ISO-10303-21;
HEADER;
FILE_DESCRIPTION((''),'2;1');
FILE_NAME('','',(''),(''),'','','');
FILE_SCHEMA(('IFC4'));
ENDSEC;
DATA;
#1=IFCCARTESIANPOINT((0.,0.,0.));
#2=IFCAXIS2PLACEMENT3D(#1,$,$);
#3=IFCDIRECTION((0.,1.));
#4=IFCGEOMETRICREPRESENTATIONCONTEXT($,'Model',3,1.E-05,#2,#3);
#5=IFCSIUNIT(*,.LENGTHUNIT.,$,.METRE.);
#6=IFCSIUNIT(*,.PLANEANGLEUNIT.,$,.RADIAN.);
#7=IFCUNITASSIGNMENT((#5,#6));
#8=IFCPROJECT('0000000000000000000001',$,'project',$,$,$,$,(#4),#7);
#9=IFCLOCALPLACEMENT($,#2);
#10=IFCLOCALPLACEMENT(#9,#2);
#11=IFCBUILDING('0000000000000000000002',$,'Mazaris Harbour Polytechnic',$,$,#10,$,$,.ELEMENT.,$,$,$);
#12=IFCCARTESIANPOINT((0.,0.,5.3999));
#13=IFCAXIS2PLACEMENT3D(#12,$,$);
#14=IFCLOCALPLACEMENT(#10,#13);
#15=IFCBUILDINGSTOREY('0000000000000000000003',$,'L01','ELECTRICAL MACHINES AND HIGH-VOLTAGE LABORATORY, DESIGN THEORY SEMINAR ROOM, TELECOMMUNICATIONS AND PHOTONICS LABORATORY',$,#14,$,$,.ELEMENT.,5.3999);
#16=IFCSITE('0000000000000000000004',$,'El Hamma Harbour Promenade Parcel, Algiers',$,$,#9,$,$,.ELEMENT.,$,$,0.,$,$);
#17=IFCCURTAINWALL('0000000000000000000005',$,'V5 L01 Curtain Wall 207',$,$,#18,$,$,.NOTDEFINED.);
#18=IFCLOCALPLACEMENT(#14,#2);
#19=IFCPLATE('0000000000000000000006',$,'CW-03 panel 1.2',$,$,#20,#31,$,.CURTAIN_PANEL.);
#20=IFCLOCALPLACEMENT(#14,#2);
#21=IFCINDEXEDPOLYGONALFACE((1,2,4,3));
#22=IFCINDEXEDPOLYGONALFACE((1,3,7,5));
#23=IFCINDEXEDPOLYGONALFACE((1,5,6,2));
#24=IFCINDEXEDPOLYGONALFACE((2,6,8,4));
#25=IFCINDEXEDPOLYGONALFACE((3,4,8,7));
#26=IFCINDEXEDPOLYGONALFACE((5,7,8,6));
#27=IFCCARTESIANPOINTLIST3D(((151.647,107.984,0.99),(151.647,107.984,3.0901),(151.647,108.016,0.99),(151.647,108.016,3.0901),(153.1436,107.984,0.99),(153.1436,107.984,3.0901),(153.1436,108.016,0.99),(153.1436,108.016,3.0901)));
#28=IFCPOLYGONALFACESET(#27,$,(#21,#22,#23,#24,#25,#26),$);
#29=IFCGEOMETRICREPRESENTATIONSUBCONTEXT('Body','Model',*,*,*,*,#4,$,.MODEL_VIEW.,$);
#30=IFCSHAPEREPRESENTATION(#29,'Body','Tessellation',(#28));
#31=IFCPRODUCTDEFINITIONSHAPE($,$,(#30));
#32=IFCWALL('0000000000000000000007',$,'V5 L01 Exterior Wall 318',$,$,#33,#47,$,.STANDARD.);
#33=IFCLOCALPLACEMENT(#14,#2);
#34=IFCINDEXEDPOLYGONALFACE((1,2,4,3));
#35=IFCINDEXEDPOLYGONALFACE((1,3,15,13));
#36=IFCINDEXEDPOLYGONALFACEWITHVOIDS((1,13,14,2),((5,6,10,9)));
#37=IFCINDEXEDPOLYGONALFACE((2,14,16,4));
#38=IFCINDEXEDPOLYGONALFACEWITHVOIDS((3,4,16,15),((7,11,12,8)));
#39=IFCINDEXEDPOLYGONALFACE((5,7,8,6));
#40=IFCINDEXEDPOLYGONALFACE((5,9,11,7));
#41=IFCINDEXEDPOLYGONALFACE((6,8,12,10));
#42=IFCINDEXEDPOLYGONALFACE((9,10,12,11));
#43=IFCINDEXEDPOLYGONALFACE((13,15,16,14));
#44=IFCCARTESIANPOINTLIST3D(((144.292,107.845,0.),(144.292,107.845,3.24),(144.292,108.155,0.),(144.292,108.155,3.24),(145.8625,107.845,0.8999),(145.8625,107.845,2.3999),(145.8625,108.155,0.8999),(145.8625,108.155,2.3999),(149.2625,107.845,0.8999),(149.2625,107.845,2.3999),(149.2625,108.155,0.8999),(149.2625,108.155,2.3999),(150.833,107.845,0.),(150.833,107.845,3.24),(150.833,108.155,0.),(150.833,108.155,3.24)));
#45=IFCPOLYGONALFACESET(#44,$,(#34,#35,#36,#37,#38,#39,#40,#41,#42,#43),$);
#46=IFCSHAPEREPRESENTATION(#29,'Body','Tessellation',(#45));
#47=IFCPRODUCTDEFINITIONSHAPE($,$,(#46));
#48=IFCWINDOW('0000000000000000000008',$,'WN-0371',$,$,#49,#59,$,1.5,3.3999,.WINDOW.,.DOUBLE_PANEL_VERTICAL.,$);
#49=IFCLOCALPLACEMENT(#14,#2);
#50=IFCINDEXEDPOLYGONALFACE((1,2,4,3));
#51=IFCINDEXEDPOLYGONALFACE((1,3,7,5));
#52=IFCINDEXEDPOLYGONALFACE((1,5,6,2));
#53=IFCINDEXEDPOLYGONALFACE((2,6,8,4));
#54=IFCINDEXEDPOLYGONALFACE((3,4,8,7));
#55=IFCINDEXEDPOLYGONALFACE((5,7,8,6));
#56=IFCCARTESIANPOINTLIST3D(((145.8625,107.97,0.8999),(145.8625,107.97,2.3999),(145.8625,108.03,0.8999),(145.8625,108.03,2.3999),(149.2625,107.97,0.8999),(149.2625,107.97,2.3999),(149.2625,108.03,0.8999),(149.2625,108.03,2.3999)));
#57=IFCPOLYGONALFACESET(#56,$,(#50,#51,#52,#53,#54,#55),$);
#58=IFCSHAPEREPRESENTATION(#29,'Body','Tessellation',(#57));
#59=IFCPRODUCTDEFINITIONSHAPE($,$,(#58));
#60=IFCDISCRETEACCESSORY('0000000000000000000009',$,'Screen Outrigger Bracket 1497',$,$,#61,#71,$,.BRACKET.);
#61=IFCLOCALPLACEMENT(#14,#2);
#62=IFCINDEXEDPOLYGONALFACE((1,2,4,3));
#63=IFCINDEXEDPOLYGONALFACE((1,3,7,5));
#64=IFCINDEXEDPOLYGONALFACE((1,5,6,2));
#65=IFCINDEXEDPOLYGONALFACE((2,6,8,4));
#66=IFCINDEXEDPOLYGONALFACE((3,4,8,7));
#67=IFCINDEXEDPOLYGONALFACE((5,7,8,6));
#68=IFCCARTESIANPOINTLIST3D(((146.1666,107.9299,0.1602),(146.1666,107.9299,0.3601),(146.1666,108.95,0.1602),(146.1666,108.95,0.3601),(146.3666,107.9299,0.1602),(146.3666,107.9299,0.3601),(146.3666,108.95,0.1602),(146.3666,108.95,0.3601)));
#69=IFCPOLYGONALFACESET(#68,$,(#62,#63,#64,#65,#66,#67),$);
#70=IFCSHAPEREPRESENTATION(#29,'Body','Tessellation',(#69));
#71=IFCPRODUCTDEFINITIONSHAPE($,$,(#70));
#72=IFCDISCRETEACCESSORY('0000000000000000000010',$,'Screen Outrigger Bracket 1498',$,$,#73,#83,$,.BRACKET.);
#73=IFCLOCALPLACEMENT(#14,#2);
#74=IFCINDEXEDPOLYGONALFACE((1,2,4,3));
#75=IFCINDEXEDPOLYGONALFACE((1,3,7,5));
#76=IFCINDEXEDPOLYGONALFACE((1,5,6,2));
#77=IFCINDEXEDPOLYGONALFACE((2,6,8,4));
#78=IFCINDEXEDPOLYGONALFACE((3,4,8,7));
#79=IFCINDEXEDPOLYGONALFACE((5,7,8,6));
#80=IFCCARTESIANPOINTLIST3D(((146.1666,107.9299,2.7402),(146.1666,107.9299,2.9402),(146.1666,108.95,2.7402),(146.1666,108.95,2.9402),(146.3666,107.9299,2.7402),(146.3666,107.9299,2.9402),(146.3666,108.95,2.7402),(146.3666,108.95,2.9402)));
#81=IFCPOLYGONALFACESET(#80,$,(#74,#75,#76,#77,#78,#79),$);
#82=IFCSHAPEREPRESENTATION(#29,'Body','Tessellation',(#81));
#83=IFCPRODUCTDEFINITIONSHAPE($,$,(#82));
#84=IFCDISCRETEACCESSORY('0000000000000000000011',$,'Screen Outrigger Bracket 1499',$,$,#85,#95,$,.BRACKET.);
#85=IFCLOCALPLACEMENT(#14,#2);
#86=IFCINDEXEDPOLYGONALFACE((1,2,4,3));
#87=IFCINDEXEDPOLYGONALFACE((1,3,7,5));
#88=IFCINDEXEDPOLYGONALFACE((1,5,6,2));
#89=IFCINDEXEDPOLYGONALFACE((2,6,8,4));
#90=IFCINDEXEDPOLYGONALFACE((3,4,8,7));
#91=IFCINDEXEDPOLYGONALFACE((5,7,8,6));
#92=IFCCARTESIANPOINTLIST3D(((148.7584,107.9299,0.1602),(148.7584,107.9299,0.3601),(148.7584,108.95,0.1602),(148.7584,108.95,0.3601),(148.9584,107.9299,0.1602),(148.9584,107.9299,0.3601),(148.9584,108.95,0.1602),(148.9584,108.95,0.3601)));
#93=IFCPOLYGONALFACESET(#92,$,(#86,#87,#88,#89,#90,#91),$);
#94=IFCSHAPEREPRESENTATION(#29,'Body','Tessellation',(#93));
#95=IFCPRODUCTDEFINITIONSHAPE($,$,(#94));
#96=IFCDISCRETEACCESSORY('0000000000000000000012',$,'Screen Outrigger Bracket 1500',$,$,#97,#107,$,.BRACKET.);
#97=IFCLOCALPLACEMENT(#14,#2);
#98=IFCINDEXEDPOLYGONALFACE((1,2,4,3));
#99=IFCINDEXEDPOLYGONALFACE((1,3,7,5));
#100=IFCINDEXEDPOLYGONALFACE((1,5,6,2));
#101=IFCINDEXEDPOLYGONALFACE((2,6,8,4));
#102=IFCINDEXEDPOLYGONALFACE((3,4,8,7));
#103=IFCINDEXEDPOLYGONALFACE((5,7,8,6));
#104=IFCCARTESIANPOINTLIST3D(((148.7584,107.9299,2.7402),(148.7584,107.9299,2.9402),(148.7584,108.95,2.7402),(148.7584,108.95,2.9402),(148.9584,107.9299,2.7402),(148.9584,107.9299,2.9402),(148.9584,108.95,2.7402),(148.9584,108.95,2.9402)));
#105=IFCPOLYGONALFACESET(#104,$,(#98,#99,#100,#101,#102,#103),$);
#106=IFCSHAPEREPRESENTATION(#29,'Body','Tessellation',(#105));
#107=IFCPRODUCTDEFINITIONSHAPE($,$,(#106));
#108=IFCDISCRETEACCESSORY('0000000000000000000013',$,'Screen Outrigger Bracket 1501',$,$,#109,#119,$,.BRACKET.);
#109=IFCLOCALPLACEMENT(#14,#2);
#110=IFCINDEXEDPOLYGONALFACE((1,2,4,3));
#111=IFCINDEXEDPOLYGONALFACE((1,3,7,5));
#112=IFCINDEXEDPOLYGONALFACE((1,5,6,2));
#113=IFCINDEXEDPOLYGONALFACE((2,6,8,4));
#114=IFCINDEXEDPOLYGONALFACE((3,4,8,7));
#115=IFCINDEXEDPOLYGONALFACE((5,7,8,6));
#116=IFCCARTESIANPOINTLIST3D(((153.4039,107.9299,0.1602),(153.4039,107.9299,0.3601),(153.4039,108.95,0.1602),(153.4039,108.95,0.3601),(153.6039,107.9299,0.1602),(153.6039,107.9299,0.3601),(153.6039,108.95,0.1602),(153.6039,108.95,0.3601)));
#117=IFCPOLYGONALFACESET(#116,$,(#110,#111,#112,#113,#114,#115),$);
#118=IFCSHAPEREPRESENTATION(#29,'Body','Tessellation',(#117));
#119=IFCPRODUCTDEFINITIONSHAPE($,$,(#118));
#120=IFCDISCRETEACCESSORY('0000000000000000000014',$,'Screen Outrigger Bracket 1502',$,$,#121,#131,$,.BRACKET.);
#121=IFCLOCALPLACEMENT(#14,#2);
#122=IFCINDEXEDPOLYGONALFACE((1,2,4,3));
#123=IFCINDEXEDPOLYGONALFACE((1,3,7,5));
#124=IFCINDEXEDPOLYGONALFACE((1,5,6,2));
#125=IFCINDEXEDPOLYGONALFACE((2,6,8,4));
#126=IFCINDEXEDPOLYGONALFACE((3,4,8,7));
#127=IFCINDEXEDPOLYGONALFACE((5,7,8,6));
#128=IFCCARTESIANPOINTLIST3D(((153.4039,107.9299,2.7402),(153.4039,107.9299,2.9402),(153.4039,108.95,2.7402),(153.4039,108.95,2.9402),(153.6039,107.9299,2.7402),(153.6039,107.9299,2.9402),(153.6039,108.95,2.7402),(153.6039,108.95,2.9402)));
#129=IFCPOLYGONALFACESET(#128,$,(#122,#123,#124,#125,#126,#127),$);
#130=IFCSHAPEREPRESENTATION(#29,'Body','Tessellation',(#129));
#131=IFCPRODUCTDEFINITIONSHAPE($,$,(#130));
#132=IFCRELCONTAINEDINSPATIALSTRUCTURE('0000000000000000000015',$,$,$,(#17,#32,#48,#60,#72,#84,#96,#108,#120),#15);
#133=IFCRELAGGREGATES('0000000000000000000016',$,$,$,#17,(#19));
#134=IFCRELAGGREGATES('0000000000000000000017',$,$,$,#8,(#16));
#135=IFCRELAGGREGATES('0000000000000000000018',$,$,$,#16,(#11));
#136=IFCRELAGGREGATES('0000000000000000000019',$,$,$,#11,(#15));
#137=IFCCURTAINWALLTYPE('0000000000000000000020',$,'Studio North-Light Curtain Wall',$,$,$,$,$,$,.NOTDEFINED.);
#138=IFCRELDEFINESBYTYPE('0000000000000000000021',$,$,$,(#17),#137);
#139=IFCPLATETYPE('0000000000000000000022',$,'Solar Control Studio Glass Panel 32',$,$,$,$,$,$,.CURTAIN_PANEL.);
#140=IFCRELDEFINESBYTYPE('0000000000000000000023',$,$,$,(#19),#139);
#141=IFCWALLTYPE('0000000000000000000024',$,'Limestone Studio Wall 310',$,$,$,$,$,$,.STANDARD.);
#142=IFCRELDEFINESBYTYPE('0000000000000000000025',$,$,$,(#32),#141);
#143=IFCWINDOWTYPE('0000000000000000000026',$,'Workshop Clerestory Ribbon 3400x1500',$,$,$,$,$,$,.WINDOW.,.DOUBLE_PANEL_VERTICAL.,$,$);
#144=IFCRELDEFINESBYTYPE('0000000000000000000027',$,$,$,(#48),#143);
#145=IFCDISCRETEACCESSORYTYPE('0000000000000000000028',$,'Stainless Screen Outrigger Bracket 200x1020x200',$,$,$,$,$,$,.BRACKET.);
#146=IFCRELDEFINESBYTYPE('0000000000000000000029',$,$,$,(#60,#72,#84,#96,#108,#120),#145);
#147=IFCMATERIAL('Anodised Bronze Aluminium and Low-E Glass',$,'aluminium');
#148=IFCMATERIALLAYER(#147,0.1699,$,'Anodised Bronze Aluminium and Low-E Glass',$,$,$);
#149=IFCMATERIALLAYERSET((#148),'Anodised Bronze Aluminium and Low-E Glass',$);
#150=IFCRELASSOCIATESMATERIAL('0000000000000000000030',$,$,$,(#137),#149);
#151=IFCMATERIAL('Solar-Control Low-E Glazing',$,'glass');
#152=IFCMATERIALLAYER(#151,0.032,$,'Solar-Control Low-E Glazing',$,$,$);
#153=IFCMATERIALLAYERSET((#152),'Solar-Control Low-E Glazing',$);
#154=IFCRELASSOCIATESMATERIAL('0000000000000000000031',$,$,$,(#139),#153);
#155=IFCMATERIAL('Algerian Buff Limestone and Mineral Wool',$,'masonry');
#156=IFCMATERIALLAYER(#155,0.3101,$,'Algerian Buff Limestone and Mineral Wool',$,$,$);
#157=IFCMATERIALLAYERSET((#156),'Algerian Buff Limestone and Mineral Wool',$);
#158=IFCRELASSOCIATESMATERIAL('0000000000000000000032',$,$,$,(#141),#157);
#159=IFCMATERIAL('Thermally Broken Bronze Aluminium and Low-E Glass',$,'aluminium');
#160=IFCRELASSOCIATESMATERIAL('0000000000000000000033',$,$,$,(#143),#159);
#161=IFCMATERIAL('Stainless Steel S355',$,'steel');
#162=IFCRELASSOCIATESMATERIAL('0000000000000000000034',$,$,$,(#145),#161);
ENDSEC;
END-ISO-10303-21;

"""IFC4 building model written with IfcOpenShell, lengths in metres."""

from ifc_helpers import new_model, si_unit, direction, frame, frame_2d, origin, origin_2d, place, context, subcontext, project, spatial, rectangle, extrude, material, layer, layer_set, type_object, element, fill, aggregate, save


model = new_model("IFC4")

# Units and contexts
model_context = context("Model", 3, precision=1e-05, world=origin(), true_north=direction((0.0, 1.0)))
body_context = subcontext(model_context, "Body", "Model", "MODEL_VIEW")
ifc_project = project(units=[si_unit("LENGTHUNIT", "METRE"), si_unit("PLANEANGLEUNIT", "RADIAN")], contexts=[model_context])

# Site, building, storey
site_placement = place(None, origin())
site = spatial("IfcSite", under=ifc_project, at=site_placement, Name="El Hamma Harbour Promenade Parcel, Algiers", CompositionType="ELEMENT", RefElevation=0.0)
building_placement = place(site_placement, origin())
building = spatial("IfcBuilding", under=site, at=building_placement, Name="Mazaris Harbour Polytechnic", CompositionType="ELEMENT")
storey_placement = place(building_placement, frame((0.0, 0.0, 5.3999)))
storey = spatial("IfcBuildingStorey", under=building, at=storey_placement, Name="L01", Description="ELECTRICAL MACHINES AND HIGH-VOLTAGE LABORATORY, DESIGN THEORY SEMINAR ROOM, TELECOMMUNICATIONS AND PHOTONICS LABORATORY", CompositionType="ELEMENT", Elevation=5.3999)

# Shared definitions
ifc_material_1 = material(Name="Anodised Bronze Aluminium and Low-E Glass", Category="aluminium")
ifc_layer_1 = layer(ifc_material_1, 0.1699, Name="Anodised Bronze Aluminium and Low-E Glass")
ifc_layer_set_1 = layer_set([ifc_layer_1], Name="Anodised Bronze Aluminium and Low-E Glass")
curtain_wall_type = type_object("IfcCurtainWallType", Name="Studio North-Light Curtain Wall", PredefinedType="NOTDEFINED", material=ifc_layer_set_1)

# Curtain wall
curtain_wall_1_placement = place(storey_placement, origin())
curtain_wall_1 = element("IfcCurtainWall", 1, at=curtain_wall_1_placement, inside=storey, type_object=curtain_wall_type, Name="V5 L01 Curtain Wall 207", PredefinedType="NOTDEFINED")

# Plate
ifc_material_2 = material(Name="Solar-Control Low-E Glazing", Category="glass")
ifc_layer_2 = layer(ifc_material_2, 0.032, Name="Solar-Control Low-E Glazing")
ifc_layer_set_2 = layer_set([ifc_layer_2], Name="Solar-Control Low-E Glazing")
plate_type = type_object("IfcPlateType", Name="Solar Control Studio Glass Panel 32", PredefinedType="CURTAIN_PANEL", material=ifc_layer_set_2)
plate_1_placement = place(storey_placement, frame((152.3953, 108.0, 0.99), z_axis=(0.0, 0.0, 1.0), x_axis=(1.0, 0.0, 0.0)))
plate_1 = element("IfcPlate", 2, at=plate_1_placement, type_object=plate_type, Name="CW-03 panel 1.2", PredefinedType="CURTAIN_PANEL", context=body_context, shape_type="SweptSolid", body=[
    extrude(rectangle(XDim=1.4966, YDim=0.032, at=origin_2d()), origin(), (0.0, 0.0, 1.0), 2.1001),
])
aggregate(curtain_wall_1, [plate_1])

# Wall, opening, window
ifc_material_3 = material(Name="Algerian Buff Limestone and Mineral Wool", Category="masonry")
ifc_layer_3 = layer(ifc_material_3, 0.3101, Name="Algerian Buff Limestone and Mineral Wool")
ifc_layer_set_3 = layer_set([ifc_layer_3], Name="Algerian Buff Limestone and Mineral Wool")
wall_type = type_object("IfcWallType", Name="Limestone Studio Wall 310", PredefinedType="STANDARD", material=ifc_layer_set_3)
wall_placement = place(storey_placement, frame((144.292, 108.0, 0.0), z_axis=(0.0, 0.0, 1.0), x_axis=(1.0, 0.0, 0.0)))
wall = element("IfcWall", 3, at=wall_placement, inside=storey, type_object=wall_type, Name="V5 L01 Exterior Wall 318", PredefinedType="STANDARD", context=body_context, shape_type="SweptSolid", body=[
    extrude(rectangle(XDim=6.541, YDim=0.3101, at=frame_2d((3.2705, 0.0))), origin(), (0.0, 0.0, 1.0), 3.24),
])
opening_placement = place(wall_placement, frame((1.5706, 0.0, 0.8999)))
opening = element("IfcOpeningElement", 4, at=opening_placement, cuts=wall, PredefinedType="OPENING", context=body_context, shape_type="SweptSolid", body=[
    extrude(rectangle(XDim=3.3999, YDim=1.5, at=frame_2d((1.7, 0.75))), frame((0.0, 0.165, 0.0), z_axis=(0.0, -1.0, 0.0), x_axis=(1.0, 0.0, 0.0)), (0.0, 0.0, 1.0), 0.3301),
])
ifc_material_4 = material(Name="Thermally Broken Bronze Aluminium and Low-E Glass", Category="aluminium")
window_type = type_object("IfcWindowType", Name="Workshop Clerestory Ribbon 3400x1500", PartitioningType="DOUBLE_PANEL_VERTICAL", PredefinedType="WINDOW", material=ifc_material_4)
window_placement = place(opening_placement, origin())
window = element("IfcWindow", 5, at=window_placement, inside=storey, type_object=window_type, Name="WN-0371", OverallHeight=1.5, OverallWidth=3.3999, PartitioningType="DOUBLE_PANEL_VERTICAL", PredefinedType="WINDOW", context=body_context, shape_type="SweptSolid", body=[
    extrude(rectangle(XDim=3.3999, YDim=1.5, at=frame_2d((1.7, 0.75))), frame((0.0, 0.03, 0.0), z_axis=(0.0, -1.0, 0.0), x_axis=(1.0, 0.0, 0.0)), (0.0, 0.0, 1.0), 0.0601),
])
fill(opening, window)

# Discrete accessories
ifc_material_5 = material(Name="Stainless Steel S355", Category="steel")
discrete_accessory_type = type_object("IfcDiscreteAccessoryType", Name="Stainless Screen Outrigger Bracket 200x1020x200", PredefinedType="BRACKET", material=ifc_material_5)
for number, where, z_axis, x_axis, name in (
    (6, (146.2666, 108.4399, 0.1602), (0.0, 0.0, 1.0), (1.0, 0.0, 0.0), "Screen Outrigger Bracket 1497"),
    (7, (146.2666, 108.4399, 2.7402), (0.0, 0.0, 1.0), (1.0, 0.0, 0.0), "Screen Outrigger Bracket 1498"),
    (8, (148.8584, 108.4399, 0.1602), (0.0, 0.0, 1.0), (1.0, 0.0, 0.0), "Screen Outrigger Bracket 1499"),
    (9, (148.8584, 108.4399, 2.7402), (0.0, 0.0, 1.0), (1.0, 0.0, 0.0), "Screen Outrigger Bracket 1500"),
    (10, (153.5039, 108.4399, 0.1602), (0.0, 0.0, 1.0), (1.0, 0.0, 0.0), "Screen Outrigger Bracket 1501"),
    (11, (153.5039, 108.4399, 2.7402), (0.0, 0.0, 1.0), (1.0, 0.0, 0.0), "Screen Outrigger Bracket 1502"),
):
    element("IfcDiscreteAccessory", number, at=place(storey_placement, frame(where, z_axis=z_axis, x_axis=x_axis)), inside=storey, type_object=discrete_accessory_type, Name=name, PredefinedType="BRACKET", context=body_context, shape_type="SweptSolid", body=[
        extrude(rectangle(XDim=0.2, YDim=1.02, at=origin_2d()), origin(), (0.0, 0.0, 1.0), 0.2),
    ])

save(model, "model.ifc")
